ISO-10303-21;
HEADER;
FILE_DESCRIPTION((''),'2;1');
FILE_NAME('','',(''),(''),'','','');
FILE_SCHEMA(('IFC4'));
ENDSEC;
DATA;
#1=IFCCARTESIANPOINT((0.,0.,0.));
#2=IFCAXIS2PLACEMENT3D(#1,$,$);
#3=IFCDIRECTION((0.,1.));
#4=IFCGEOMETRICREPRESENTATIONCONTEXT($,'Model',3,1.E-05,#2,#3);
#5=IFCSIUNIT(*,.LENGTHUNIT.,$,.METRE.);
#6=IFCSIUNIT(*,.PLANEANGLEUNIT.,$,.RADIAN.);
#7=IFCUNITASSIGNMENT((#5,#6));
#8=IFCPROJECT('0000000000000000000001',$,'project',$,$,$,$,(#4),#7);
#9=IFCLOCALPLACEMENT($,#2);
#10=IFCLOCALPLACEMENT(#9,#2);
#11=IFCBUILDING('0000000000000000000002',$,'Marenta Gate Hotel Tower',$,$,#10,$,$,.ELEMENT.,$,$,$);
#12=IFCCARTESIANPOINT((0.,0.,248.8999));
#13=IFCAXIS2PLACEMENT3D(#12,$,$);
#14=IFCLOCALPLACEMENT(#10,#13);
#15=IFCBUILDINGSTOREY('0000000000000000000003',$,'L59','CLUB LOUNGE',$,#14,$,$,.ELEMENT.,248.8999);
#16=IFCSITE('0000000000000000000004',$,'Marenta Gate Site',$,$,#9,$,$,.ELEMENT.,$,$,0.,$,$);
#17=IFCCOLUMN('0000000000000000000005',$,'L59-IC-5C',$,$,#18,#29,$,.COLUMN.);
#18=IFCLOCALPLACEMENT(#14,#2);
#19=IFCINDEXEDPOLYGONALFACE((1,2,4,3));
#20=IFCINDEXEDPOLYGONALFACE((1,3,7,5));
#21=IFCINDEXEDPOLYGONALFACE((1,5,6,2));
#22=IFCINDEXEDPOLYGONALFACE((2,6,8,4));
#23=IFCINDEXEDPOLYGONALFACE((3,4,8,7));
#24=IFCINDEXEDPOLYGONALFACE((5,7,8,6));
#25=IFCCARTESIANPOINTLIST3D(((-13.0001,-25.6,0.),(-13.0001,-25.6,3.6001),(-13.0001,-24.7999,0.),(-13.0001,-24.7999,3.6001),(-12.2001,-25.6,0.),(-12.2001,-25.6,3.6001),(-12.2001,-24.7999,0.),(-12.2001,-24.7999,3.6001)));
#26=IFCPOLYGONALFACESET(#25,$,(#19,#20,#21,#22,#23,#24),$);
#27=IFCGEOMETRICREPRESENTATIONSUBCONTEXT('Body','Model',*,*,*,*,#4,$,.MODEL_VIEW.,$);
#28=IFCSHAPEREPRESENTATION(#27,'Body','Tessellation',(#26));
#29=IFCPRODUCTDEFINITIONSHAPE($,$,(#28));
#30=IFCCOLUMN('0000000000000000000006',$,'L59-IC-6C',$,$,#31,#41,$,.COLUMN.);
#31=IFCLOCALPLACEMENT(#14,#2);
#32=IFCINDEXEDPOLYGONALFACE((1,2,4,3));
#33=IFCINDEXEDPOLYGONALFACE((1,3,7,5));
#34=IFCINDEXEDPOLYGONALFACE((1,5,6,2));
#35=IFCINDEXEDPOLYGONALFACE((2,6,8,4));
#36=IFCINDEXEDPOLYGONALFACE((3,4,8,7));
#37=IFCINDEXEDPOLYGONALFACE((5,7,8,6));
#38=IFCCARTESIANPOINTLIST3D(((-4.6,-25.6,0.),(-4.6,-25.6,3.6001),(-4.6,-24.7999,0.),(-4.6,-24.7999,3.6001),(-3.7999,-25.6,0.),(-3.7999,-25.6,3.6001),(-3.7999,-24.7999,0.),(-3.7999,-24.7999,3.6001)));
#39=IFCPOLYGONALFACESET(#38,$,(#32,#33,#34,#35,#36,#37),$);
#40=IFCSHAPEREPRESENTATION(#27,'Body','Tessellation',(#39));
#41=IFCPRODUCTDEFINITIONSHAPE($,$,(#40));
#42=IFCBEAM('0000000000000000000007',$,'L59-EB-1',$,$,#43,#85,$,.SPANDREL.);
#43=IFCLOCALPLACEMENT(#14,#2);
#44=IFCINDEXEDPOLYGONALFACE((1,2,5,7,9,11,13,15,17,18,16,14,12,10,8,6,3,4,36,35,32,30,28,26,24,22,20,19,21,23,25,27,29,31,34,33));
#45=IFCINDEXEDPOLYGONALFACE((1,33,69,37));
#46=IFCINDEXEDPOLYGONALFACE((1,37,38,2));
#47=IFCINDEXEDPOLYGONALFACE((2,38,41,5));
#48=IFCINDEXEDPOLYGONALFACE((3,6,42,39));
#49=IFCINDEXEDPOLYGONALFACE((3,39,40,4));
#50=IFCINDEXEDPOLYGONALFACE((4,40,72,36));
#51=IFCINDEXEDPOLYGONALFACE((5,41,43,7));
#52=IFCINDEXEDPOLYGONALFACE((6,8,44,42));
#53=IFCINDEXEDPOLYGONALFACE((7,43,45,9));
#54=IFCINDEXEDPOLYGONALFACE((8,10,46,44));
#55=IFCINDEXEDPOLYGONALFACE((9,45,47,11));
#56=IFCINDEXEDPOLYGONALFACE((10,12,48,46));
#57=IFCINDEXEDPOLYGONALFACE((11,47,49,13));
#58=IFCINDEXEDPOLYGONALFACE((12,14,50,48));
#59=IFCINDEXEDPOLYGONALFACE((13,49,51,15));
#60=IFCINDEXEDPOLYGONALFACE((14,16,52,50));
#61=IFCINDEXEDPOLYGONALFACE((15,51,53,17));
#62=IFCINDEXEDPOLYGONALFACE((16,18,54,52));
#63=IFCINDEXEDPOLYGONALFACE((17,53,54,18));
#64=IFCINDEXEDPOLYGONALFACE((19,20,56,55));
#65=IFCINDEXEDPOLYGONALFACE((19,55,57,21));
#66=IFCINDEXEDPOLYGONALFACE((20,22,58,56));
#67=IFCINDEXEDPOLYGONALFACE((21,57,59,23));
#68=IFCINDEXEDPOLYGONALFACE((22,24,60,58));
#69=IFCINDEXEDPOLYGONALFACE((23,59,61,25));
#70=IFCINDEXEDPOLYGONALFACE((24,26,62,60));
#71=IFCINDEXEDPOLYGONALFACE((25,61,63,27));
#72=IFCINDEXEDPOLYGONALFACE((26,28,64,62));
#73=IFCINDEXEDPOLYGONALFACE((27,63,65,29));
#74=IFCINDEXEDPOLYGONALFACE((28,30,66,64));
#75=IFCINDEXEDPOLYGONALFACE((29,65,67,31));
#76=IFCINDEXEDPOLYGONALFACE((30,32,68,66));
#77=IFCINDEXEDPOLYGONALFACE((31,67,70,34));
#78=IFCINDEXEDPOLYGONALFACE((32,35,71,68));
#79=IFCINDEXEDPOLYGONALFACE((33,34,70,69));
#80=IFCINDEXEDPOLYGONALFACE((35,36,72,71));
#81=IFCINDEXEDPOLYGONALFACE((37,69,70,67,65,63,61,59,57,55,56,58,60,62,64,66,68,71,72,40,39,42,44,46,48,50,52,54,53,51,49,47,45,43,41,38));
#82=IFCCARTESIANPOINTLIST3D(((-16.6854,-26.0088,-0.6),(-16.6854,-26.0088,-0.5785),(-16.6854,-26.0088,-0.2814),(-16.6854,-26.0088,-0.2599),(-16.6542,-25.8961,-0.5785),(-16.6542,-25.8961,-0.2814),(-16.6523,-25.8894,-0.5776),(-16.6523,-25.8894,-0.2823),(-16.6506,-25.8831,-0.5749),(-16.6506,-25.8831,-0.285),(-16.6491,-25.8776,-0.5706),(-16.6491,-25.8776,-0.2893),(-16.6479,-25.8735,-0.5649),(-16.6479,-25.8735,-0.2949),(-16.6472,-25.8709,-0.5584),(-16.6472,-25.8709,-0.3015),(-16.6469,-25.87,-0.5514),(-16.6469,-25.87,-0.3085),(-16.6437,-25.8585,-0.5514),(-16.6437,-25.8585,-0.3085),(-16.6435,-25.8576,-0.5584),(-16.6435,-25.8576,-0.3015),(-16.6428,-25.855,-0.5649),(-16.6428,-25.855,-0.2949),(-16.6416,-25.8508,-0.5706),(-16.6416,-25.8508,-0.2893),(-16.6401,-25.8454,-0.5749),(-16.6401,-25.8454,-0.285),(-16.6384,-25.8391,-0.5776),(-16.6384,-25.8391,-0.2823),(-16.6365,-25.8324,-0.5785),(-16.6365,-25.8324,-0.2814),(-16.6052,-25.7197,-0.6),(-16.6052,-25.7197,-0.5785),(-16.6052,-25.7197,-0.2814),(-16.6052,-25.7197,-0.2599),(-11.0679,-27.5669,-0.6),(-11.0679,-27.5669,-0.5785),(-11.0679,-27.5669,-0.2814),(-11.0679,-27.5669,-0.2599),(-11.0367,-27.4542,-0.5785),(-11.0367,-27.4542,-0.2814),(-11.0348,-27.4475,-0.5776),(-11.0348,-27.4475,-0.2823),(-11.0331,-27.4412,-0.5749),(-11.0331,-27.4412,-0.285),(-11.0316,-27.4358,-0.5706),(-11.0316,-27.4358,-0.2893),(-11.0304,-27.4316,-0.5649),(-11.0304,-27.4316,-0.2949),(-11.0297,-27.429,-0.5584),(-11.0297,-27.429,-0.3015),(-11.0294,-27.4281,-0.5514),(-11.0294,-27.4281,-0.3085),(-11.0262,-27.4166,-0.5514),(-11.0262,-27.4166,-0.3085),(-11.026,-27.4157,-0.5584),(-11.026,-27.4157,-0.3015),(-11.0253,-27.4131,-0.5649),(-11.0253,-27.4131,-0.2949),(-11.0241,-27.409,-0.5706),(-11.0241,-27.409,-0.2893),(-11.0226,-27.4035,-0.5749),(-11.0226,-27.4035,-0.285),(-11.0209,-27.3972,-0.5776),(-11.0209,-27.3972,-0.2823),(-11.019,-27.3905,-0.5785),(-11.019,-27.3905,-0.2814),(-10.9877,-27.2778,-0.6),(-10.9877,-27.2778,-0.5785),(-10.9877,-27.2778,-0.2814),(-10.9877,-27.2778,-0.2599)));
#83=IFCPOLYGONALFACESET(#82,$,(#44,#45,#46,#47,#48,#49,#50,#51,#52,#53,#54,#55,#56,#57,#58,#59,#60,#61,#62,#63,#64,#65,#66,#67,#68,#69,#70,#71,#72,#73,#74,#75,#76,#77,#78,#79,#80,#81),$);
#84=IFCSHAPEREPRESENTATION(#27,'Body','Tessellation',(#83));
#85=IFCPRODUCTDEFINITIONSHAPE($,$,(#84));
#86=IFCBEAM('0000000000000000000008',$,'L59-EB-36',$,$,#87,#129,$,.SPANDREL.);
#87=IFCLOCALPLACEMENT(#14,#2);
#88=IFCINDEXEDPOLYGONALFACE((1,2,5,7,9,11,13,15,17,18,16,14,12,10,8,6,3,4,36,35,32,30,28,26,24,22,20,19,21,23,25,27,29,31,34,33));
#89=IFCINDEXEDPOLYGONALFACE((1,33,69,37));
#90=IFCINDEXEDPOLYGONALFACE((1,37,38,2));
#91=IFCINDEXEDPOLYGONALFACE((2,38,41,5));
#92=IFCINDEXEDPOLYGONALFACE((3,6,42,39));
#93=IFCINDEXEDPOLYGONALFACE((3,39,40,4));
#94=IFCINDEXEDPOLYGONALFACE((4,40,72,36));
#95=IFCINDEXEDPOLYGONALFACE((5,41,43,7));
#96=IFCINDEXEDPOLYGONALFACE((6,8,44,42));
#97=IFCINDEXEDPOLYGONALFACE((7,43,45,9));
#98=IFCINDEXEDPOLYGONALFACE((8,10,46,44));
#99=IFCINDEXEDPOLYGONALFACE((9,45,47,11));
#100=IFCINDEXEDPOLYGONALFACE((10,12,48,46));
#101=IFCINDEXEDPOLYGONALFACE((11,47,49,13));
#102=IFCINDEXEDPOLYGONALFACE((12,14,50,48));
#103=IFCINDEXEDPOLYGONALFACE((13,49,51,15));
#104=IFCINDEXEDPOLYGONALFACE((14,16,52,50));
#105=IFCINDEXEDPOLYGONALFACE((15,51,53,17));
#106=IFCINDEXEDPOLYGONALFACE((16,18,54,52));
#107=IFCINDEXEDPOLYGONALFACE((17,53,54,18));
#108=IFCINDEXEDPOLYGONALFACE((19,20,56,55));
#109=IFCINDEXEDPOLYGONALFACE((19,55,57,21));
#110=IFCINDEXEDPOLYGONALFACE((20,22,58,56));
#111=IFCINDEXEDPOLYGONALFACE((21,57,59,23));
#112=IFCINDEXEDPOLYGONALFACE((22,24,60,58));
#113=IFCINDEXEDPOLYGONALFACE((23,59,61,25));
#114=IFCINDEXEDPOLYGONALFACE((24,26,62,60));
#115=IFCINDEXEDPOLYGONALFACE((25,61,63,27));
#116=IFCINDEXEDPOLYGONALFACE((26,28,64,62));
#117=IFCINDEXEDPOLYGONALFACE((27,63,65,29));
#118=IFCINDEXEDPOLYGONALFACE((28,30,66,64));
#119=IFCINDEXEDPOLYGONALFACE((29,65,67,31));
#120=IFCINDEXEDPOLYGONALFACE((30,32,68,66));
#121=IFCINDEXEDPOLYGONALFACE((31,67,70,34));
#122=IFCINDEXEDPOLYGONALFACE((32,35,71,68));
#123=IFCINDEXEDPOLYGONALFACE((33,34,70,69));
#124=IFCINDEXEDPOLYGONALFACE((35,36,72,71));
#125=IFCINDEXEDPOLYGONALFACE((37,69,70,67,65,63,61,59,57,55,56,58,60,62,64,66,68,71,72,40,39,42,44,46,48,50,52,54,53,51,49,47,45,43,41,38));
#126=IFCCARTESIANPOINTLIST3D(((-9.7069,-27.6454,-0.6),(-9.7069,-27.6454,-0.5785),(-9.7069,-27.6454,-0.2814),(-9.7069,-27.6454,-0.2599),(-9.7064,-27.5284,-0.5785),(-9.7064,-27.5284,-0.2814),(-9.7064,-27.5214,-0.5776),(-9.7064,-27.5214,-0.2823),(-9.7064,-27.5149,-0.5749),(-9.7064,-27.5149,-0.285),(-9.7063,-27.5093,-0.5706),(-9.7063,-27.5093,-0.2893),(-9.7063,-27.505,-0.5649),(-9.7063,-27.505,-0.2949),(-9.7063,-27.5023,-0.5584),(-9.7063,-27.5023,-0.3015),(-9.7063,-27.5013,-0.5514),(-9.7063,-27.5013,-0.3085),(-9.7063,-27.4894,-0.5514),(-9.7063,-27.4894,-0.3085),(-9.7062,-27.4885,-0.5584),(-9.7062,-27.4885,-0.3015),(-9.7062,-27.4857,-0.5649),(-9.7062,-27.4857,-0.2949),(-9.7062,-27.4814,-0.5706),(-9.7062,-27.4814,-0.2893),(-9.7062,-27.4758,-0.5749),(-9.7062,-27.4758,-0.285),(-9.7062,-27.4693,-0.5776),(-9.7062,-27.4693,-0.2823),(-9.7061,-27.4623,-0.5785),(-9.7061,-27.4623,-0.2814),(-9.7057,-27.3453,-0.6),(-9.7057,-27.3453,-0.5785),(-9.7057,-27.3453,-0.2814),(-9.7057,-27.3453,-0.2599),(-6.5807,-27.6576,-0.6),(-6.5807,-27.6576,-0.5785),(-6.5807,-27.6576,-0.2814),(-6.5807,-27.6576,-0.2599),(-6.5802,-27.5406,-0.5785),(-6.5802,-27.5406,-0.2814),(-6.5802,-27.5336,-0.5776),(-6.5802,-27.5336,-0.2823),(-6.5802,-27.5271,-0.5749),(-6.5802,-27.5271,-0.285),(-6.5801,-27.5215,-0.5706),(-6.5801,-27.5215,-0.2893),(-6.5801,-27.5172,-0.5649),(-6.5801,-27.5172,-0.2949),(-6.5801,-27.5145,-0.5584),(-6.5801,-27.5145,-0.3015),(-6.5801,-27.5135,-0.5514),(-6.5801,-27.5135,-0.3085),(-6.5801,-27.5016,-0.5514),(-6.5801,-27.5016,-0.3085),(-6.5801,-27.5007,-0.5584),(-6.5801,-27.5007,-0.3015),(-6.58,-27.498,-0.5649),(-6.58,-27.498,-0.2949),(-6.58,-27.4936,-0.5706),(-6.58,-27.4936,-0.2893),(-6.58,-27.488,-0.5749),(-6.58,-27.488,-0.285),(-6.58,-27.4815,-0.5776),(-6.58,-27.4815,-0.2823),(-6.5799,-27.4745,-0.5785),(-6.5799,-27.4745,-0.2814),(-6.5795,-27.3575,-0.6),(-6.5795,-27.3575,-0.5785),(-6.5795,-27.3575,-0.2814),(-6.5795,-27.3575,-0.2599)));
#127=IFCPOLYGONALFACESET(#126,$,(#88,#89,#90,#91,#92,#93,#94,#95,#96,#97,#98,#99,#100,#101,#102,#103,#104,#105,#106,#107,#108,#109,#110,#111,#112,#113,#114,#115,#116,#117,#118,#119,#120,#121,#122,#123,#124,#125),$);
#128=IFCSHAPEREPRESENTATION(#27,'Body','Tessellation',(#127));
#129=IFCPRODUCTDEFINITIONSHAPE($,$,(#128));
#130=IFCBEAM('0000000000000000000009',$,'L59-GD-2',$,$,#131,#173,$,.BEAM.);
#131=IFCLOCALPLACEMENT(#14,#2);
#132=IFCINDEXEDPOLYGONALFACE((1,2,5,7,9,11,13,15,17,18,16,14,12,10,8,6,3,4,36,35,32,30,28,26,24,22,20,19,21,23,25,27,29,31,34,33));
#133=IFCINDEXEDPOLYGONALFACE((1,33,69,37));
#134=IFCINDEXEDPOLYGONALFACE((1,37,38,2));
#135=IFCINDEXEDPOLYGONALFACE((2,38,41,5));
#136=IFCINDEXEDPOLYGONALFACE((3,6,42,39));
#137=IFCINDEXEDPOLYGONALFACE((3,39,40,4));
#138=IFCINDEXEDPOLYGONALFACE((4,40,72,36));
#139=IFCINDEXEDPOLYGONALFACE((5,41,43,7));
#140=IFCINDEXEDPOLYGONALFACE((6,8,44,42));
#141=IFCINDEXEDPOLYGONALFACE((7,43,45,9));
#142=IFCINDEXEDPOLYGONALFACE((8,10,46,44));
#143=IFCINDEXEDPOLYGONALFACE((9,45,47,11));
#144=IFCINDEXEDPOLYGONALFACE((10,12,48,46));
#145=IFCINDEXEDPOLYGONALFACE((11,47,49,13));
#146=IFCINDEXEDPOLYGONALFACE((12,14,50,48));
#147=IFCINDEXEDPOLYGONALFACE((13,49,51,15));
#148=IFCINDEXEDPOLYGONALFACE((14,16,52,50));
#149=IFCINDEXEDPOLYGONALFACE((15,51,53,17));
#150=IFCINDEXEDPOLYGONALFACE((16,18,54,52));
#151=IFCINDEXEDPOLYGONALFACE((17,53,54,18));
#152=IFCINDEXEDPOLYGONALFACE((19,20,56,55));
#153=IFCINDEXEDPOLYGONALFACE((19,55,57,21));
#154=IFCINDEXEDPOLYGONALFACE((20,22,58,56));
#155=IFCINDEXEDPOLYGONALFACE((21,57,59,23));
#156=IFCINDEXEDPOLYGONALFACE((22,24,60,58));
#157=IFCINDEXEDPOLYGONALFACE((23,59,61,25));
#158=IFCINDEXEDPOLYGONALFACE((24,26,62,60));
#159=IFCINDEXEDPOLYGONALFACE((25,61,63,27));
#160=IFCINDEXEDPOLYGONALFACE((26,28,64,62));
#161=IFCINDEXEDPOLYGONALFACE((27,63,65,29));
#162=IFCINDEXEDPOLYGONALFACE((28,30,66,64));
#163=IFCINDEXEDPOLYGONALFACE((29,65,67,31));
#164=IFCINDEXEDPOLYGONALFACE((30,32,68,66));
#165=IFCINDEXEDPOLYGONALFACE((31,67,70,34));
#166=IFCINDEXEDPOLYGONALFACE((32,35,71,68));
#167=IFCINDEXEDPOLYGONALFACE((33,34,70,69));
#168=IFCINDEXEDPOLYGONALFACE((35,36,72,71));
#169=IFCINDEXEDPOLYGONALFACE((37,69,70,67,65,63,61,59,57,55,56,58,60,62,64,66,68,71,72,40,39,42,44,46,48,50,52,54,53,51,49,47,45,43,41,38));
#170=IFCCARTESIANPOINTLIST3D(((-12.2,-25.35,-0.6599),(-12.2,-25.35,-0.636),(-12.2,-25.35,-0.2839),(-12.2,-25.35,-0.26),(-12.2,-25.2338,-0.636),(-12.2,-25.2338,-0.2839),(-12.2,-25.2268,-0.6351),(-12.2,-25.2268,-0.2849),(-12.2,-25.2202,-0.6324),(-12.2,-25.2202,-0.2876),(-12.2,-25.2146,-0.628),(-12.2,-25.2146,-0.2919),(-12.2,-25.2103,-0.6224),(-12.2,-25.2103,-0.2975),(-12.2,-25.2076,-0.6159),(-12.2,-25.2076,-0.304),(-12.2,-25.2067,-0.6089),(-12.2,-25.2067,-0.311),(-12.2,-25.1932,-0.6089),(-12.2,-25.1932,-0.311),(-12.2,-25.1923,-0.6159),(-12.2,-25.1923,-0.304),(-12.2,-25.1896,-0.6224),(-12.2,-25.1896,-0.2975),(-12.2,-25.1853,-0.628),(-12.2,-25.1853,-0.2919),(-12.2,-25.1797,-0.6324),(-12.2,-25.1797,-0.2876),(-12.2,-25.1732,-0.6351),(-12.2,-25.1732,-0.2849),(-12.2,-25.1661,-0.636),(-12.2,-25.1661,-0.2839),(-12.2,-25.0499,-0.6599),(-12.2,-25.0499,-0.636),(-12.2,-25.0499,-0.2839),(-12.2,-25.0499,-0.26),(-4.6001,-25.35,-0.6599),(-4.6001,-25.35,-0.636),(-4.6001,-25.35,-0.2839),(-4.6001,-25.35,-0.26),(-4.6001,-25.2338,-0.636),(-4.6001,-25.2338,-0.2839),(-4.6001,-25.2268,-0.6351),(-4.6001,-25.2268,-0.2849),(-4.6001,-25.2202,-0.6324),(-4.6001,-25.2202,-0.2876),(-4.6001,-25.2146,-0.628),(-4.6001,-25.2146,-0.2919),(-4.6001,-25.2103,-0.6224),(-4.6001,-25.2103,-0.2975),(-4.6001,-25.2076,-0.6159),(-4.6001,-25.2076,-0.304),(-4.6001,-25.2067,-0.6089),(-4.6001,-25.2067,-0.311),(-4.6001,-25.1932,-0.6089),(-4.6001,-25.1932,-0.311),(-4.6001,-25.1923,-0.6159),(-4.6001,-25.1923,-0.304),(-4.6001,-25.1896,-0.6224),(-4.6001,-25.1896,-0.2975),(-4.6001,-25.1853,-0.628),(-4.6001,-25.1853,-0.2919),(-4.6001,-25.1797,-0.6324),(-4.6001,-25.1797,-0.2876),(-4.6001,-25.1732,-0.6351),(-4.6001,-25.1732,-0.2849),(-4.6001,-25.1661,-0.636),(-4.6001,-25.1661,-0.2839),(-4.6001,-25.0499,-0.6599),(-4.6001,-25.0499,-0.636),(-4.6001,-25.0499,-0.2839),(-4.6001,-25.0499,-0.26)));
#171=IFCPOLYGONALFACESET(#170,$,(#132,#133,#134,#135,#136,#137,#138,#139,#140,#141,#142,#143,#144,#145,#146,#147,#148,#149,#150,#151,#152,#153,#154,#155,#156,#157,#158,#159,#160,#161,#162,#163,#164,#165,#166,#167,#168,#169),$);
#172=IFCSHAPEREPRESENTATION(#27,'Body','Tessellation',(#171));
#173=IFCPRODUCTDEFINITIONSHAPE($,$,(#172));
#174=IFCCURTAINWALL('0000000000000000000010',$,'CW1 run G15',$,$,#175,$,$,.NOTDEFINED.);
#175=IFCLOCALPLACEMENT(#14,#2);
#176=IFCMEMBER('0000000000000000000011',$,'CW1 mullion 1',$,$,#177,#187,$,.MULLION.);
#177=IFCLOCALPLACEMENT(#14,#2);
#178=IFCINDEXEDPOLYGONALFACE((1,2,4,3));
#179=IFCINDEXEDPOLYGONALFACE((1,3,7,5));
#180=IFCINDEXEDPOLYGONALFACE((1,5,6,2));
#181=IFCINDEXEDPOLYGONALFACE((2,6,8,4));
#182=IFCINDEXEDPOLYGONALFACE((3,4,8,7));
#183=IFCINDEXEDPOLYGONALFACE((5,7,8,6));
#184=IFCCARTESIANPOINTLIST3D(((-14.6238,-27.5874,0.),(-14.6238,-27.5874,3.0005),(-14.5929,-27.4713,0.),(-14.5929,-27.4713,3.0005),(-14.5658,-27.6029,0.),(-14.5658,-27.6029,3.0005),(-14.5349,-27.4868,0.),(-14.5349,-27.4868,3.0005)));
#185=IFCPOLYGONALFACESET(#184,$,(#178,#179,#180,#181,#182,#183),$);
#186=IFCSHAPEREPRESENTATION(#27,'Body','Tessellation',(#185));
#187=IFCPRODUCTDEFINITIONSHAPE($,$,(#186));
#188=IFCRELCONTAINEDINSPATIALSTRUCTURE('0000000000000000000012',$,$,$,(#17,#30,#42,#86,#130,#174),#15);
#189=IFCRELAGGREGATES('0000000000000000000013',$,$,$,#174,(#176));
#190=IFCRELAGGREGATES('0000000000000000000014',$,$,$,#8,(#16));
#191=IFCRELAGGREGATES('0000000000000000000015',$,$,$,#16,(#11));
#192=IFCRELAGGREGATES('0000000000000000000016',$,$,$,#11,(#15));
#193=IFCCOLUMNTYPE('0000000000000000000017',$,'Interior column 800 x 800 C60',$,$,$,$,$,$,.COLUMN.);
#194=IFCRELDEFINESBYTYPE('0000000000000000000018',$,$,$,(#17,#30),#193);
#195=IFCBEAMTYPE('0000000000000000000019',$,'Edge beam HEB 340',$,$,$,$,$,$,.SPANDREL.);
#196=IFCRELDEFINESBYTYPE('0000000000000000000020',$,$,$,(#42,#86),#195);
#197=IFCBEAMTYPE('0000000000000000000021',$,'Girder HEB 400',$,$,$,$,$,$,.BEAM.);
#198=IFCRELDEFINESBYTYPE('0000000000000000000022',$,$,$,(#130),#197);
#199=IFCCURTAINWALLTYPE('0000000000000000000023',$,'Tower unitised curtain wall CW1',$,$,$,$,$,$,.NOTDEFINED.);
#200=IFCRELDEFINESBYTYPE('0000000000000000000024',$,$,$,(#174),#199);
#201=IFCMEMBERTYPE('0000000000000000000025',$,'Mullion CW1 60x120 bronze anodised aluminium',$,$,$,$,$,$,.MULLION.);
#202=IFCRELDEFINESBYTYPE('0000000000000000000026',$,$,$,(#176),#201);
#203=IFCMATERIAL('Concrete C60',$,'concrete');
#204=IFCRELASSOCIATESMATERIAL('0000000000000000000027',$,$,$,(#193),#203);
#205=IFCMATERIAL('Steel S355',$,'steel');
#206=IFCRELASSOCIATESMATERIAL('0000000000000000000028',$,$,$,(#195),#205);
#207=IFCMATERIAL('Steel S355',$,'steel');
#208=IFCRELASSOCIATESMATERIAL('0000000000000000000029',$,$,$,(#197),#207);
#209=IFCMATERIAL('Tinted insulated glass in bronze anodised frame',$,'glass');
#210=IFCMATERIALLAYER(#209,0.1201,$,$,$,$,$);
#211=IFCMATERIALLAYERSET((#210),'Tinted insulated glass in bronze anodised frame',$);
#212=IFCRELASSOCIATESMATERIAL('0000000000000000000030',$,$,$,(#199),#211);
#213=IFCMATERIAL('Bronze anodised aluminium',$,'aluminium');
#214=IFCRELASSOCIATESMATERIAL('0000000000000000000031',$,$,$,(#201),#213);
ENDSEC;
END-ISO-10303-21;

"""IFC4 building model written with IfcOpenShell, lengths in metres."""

from ifc_helpers import new_model, si_unit, direction, frame, origin, origin_2d, place, context, subcontext, project, spatial, rectangle, i_section, extrude, material, layer, layer_set, material_profile, profile_set, type_object, element, aggregate, save


model = new_model("IFC4")

# Units and contexts
model_context = context("Model", 3, precision=1e-05, world=origin(), true_north=direction((0.0, 1.0)))
body_context = subcontext(model_context, "Body", "Model", "MODEL_VIEW")
ifc_project = project(units=[si_unit("LENGTHUNIT", "METRE"), si_unit("PLANEANGLEUNIT", "RADIAN")], contexts=[model_context])

# Site, building, storey
site_placement = place(None, origin())
site = spatial("IfcSite", under=ifc_project, at=site_placement, Name="Marenta Gate Site", CompositionType="ELEMENT", RefElevation=0.0)
building_placement = place(site_placement, origin())
building = spatial("IfcBuilding", under=site, at=building_placement, Name="Marenta Gate Hotel Tower", CompositionType="ELEMENT")
storey_placement = place(building_placement, frame((0.0, 0.0, 248.8999)))
storey = spatial("IfcBuildingStorey", under=building, at=storey_placement, Name="L59", Description="CLUB LOUNGE", CompositionType="ELEMENT", Elevation=248.8999)

# Columns
ifc_material_1 = material(Name="Concrete C60", Category="concrete")
ifc_material_profile_1 = material_profile(ifc_material_1, rectangle(XDim=0.8, YDim=0.8, at=origin_2d()), Name="800 x 800")
ifc_profile_set_1 = profile_set([ifc_material_profile_1], Name="Concrete C60")
column_type = type_object("IfcColumnType", Name="Interior column 800 x 800 C60", PredefinedType="COLUMN", material=ifc_profile_set_1)
for number, where, z_axis, x_axis, name in (
    (1, (-12.6001, -25.2, 0.0), (0.0, 0.0, 1.0), (1.0, 0.0, 0.0), "L59-IC-5C"),
    (2, (-4.2, -25.2, 0.0), (0.0, 0.0, 1.0), (1.0, 0.0, 0.0), "L59-IC-6C"),
):
    element("IfcColumn", number, at=place(storey_placement, frame(where, z_axis=z_axis, x_axis=x_axis)), inside=storey, type_object=column_type, Name=name, PredefinedType="COLUMN", context=body_context, shape_type="SweptSolid", body=[
        extrude(rectangle(XDim=0.8, YDim=0.8, at=origin_2d()), origin(), (0.0, 0.0, 1.0), 3.6001),
    ])

# Beams
ifc_material_2 = material(Name="Steel S355", Category="steel")
ifc_material_profile_2 = material_profile(ifc_material_2, i_section(OverallWidth=0.3, OverallDepth=0.3401, WebThickness=0.012, FlangeThickness=0.0215, FilletRadius=0.0271, at=origin_2d()), Name="HEB 340")
ifc_profile_set_2 = profile_set([ifc_material_profile_2], Name="Steel S355")
beam_type_1 = type_object("IfcBeamType", Name="Edge beam HEB 340", PredefinedType="SPANDREL", material=ifc_profile_set_2)
beam_1_placement = place(storey_placement, frame((-11.0278, -27.4224, -0.4299), z_axis=(-0.963619, 0.267279, 0.0), x_axis=(-0.267279, -0.963619, 0.0)))
element("IfcBeam", 3, at=beam_1_placement, inside=storey, type_object=beam_type_1, Name="L59-EB-1", PredefinedType="SPANDREL", context=body_context, shape_type="SweptSolid", body=[
    extrude(i_section(OverallWidth=0.3, OverallDepth=0.3401, WebThickness=0.012, FlangeThickness=0.0215, FilletRadius=0.0271, at=origin_2d()), origin(), (0.0, 0.0, 1.0), 5.8296),
])
beam_2_placement = place(storey_placement, frame((-6.5801, -27.5076, -0.4299), z_axis=(-0.999992, 0.003905, 0.0), x_axis=(-0.003905, -0.999992, 0.0)))
element("IfcBeam", 4, at=beam_2_placement, inside=storey, type_object=beam_type_1, Name="L59-EB-36", PredefinedType="SPANDREL", context=body_context, shape_type="SweptSolid", body=[
    extrude(i_section(OverallWidth=0.3, OverallDepth=0.3401, WebThickness=0.012, FlangeThickness=0.0215, FilletRadius=0.0271, at=origin_2d()), origin(), (0.0, 0.0, 1.0), 3.1262),
])
ifc_material_3 = material(Name="Steel S355", Category="steel")
ifc_material_profile_3 = material_profile(ifc_material_3, i_section(OverallWidth=0.3, OverallDepth=0.3999, WebThickness=0.0134, FlangeThickness=0.0239, FilletRadius=0.0271, at=origin_2d()), Name="HEB 400")
ifc_profile_set_3 = profile_set([ifc_material_profile_3], Name="Steel S355")
beam_type_2 = type_object("IfcBeamType", Name="Girder HEB 400", PredefinedType="BEAM", material=ifc_profile_set_3)
beam_3_placement = place(storey_placement, frame((-12.2, -25.2, -0.46), z_axis=(1.0, 0.0, 0.0), x_axis=(0.0, 1.0, 0.0)))
element("IfcBeam", 5, at=beam_3_placement, inside=storey, type_object=beam_type_2, Name="L59-GD-2", PredefinedType="BEAM", context=body_context, shape_type="SweptSolid", body=[
    extrude(i_section(OverallWidth=0.3, OverallDepth=0.3999, WebThickness=0.0134, FlangeThickness=0.0239, FilletRadius=0.0271, at=origin_2d()), origin(), (0.0, 0.0, 1.0), 7.5999),
])

# Curtain wall, member
ifc_material_4 = material(Name="Tinted insulated glass in bronze anodised frame", Category="glass")
ifc_layer_1 = layer(ifc_material_4, 0.1201)
ifc_layer_set_1 = layer_set([ifc_layer_1], Name="Tinted insulated glass in bronze anodised frame")
curtain_wall_type = type_object("IfcCurtainWallType", Name="Tower unitised curtain wall CW1", PredefinedType="NOTDEFINED", material=ifc_layer_set_1)
curtain_wall_placement = place(storey_placement, origin())
curtain_wall = element("IfcCurtainWall", 6, at=curtain_wall_placement, inside=storey, type_object=curtain_wall_type, Name="CW1 run G15", PredefinedType="NOTDEFINED")
ifc_material_5 = material(Name="Bronze anodised aluminium", Category="aluminium")
ifc_material_profile_4 = material_profile(ifc_material_5, rectangle(XDim=0.1201, YDim=0.0601, at=origin_2d()), Name="Mullion CW1 60x120 bronze anodised aluminium")
ifc_profile_set_4 = profile_set([ifc_material_profile_4], Name="Bronze anodised aluminium")
member_type_1 = type_object("IfcMemberType", Name="Mullion CW1 60x120 bronze anodised aluminium", PredefinedType="MULLION", material=ifc_profile_set_4)
member_1_placement = place(storey_placement, frame((-14.5793, -27.5371, 0.0), z_axis=(0.0, 0.0, 1.0), x_axis=(0.257154, 0.96637, 0.0)))
member_1 = element("IfcMember", 7, at=member_1_placement, type_object=member_type_1, Name="CW1 mullion 1", PredefinedType="MULLION", context=body_context, shape_type="SweptSolid", body=[
    extrude(rectangle(XDim=0.1201, YDim=0.0601, at=origin_2d()), origin(), (0.0, 0.0, 1.0), 3.0005),
])
aggregate(curtain_wall, [member_1])

save(model, "model.ifc")
